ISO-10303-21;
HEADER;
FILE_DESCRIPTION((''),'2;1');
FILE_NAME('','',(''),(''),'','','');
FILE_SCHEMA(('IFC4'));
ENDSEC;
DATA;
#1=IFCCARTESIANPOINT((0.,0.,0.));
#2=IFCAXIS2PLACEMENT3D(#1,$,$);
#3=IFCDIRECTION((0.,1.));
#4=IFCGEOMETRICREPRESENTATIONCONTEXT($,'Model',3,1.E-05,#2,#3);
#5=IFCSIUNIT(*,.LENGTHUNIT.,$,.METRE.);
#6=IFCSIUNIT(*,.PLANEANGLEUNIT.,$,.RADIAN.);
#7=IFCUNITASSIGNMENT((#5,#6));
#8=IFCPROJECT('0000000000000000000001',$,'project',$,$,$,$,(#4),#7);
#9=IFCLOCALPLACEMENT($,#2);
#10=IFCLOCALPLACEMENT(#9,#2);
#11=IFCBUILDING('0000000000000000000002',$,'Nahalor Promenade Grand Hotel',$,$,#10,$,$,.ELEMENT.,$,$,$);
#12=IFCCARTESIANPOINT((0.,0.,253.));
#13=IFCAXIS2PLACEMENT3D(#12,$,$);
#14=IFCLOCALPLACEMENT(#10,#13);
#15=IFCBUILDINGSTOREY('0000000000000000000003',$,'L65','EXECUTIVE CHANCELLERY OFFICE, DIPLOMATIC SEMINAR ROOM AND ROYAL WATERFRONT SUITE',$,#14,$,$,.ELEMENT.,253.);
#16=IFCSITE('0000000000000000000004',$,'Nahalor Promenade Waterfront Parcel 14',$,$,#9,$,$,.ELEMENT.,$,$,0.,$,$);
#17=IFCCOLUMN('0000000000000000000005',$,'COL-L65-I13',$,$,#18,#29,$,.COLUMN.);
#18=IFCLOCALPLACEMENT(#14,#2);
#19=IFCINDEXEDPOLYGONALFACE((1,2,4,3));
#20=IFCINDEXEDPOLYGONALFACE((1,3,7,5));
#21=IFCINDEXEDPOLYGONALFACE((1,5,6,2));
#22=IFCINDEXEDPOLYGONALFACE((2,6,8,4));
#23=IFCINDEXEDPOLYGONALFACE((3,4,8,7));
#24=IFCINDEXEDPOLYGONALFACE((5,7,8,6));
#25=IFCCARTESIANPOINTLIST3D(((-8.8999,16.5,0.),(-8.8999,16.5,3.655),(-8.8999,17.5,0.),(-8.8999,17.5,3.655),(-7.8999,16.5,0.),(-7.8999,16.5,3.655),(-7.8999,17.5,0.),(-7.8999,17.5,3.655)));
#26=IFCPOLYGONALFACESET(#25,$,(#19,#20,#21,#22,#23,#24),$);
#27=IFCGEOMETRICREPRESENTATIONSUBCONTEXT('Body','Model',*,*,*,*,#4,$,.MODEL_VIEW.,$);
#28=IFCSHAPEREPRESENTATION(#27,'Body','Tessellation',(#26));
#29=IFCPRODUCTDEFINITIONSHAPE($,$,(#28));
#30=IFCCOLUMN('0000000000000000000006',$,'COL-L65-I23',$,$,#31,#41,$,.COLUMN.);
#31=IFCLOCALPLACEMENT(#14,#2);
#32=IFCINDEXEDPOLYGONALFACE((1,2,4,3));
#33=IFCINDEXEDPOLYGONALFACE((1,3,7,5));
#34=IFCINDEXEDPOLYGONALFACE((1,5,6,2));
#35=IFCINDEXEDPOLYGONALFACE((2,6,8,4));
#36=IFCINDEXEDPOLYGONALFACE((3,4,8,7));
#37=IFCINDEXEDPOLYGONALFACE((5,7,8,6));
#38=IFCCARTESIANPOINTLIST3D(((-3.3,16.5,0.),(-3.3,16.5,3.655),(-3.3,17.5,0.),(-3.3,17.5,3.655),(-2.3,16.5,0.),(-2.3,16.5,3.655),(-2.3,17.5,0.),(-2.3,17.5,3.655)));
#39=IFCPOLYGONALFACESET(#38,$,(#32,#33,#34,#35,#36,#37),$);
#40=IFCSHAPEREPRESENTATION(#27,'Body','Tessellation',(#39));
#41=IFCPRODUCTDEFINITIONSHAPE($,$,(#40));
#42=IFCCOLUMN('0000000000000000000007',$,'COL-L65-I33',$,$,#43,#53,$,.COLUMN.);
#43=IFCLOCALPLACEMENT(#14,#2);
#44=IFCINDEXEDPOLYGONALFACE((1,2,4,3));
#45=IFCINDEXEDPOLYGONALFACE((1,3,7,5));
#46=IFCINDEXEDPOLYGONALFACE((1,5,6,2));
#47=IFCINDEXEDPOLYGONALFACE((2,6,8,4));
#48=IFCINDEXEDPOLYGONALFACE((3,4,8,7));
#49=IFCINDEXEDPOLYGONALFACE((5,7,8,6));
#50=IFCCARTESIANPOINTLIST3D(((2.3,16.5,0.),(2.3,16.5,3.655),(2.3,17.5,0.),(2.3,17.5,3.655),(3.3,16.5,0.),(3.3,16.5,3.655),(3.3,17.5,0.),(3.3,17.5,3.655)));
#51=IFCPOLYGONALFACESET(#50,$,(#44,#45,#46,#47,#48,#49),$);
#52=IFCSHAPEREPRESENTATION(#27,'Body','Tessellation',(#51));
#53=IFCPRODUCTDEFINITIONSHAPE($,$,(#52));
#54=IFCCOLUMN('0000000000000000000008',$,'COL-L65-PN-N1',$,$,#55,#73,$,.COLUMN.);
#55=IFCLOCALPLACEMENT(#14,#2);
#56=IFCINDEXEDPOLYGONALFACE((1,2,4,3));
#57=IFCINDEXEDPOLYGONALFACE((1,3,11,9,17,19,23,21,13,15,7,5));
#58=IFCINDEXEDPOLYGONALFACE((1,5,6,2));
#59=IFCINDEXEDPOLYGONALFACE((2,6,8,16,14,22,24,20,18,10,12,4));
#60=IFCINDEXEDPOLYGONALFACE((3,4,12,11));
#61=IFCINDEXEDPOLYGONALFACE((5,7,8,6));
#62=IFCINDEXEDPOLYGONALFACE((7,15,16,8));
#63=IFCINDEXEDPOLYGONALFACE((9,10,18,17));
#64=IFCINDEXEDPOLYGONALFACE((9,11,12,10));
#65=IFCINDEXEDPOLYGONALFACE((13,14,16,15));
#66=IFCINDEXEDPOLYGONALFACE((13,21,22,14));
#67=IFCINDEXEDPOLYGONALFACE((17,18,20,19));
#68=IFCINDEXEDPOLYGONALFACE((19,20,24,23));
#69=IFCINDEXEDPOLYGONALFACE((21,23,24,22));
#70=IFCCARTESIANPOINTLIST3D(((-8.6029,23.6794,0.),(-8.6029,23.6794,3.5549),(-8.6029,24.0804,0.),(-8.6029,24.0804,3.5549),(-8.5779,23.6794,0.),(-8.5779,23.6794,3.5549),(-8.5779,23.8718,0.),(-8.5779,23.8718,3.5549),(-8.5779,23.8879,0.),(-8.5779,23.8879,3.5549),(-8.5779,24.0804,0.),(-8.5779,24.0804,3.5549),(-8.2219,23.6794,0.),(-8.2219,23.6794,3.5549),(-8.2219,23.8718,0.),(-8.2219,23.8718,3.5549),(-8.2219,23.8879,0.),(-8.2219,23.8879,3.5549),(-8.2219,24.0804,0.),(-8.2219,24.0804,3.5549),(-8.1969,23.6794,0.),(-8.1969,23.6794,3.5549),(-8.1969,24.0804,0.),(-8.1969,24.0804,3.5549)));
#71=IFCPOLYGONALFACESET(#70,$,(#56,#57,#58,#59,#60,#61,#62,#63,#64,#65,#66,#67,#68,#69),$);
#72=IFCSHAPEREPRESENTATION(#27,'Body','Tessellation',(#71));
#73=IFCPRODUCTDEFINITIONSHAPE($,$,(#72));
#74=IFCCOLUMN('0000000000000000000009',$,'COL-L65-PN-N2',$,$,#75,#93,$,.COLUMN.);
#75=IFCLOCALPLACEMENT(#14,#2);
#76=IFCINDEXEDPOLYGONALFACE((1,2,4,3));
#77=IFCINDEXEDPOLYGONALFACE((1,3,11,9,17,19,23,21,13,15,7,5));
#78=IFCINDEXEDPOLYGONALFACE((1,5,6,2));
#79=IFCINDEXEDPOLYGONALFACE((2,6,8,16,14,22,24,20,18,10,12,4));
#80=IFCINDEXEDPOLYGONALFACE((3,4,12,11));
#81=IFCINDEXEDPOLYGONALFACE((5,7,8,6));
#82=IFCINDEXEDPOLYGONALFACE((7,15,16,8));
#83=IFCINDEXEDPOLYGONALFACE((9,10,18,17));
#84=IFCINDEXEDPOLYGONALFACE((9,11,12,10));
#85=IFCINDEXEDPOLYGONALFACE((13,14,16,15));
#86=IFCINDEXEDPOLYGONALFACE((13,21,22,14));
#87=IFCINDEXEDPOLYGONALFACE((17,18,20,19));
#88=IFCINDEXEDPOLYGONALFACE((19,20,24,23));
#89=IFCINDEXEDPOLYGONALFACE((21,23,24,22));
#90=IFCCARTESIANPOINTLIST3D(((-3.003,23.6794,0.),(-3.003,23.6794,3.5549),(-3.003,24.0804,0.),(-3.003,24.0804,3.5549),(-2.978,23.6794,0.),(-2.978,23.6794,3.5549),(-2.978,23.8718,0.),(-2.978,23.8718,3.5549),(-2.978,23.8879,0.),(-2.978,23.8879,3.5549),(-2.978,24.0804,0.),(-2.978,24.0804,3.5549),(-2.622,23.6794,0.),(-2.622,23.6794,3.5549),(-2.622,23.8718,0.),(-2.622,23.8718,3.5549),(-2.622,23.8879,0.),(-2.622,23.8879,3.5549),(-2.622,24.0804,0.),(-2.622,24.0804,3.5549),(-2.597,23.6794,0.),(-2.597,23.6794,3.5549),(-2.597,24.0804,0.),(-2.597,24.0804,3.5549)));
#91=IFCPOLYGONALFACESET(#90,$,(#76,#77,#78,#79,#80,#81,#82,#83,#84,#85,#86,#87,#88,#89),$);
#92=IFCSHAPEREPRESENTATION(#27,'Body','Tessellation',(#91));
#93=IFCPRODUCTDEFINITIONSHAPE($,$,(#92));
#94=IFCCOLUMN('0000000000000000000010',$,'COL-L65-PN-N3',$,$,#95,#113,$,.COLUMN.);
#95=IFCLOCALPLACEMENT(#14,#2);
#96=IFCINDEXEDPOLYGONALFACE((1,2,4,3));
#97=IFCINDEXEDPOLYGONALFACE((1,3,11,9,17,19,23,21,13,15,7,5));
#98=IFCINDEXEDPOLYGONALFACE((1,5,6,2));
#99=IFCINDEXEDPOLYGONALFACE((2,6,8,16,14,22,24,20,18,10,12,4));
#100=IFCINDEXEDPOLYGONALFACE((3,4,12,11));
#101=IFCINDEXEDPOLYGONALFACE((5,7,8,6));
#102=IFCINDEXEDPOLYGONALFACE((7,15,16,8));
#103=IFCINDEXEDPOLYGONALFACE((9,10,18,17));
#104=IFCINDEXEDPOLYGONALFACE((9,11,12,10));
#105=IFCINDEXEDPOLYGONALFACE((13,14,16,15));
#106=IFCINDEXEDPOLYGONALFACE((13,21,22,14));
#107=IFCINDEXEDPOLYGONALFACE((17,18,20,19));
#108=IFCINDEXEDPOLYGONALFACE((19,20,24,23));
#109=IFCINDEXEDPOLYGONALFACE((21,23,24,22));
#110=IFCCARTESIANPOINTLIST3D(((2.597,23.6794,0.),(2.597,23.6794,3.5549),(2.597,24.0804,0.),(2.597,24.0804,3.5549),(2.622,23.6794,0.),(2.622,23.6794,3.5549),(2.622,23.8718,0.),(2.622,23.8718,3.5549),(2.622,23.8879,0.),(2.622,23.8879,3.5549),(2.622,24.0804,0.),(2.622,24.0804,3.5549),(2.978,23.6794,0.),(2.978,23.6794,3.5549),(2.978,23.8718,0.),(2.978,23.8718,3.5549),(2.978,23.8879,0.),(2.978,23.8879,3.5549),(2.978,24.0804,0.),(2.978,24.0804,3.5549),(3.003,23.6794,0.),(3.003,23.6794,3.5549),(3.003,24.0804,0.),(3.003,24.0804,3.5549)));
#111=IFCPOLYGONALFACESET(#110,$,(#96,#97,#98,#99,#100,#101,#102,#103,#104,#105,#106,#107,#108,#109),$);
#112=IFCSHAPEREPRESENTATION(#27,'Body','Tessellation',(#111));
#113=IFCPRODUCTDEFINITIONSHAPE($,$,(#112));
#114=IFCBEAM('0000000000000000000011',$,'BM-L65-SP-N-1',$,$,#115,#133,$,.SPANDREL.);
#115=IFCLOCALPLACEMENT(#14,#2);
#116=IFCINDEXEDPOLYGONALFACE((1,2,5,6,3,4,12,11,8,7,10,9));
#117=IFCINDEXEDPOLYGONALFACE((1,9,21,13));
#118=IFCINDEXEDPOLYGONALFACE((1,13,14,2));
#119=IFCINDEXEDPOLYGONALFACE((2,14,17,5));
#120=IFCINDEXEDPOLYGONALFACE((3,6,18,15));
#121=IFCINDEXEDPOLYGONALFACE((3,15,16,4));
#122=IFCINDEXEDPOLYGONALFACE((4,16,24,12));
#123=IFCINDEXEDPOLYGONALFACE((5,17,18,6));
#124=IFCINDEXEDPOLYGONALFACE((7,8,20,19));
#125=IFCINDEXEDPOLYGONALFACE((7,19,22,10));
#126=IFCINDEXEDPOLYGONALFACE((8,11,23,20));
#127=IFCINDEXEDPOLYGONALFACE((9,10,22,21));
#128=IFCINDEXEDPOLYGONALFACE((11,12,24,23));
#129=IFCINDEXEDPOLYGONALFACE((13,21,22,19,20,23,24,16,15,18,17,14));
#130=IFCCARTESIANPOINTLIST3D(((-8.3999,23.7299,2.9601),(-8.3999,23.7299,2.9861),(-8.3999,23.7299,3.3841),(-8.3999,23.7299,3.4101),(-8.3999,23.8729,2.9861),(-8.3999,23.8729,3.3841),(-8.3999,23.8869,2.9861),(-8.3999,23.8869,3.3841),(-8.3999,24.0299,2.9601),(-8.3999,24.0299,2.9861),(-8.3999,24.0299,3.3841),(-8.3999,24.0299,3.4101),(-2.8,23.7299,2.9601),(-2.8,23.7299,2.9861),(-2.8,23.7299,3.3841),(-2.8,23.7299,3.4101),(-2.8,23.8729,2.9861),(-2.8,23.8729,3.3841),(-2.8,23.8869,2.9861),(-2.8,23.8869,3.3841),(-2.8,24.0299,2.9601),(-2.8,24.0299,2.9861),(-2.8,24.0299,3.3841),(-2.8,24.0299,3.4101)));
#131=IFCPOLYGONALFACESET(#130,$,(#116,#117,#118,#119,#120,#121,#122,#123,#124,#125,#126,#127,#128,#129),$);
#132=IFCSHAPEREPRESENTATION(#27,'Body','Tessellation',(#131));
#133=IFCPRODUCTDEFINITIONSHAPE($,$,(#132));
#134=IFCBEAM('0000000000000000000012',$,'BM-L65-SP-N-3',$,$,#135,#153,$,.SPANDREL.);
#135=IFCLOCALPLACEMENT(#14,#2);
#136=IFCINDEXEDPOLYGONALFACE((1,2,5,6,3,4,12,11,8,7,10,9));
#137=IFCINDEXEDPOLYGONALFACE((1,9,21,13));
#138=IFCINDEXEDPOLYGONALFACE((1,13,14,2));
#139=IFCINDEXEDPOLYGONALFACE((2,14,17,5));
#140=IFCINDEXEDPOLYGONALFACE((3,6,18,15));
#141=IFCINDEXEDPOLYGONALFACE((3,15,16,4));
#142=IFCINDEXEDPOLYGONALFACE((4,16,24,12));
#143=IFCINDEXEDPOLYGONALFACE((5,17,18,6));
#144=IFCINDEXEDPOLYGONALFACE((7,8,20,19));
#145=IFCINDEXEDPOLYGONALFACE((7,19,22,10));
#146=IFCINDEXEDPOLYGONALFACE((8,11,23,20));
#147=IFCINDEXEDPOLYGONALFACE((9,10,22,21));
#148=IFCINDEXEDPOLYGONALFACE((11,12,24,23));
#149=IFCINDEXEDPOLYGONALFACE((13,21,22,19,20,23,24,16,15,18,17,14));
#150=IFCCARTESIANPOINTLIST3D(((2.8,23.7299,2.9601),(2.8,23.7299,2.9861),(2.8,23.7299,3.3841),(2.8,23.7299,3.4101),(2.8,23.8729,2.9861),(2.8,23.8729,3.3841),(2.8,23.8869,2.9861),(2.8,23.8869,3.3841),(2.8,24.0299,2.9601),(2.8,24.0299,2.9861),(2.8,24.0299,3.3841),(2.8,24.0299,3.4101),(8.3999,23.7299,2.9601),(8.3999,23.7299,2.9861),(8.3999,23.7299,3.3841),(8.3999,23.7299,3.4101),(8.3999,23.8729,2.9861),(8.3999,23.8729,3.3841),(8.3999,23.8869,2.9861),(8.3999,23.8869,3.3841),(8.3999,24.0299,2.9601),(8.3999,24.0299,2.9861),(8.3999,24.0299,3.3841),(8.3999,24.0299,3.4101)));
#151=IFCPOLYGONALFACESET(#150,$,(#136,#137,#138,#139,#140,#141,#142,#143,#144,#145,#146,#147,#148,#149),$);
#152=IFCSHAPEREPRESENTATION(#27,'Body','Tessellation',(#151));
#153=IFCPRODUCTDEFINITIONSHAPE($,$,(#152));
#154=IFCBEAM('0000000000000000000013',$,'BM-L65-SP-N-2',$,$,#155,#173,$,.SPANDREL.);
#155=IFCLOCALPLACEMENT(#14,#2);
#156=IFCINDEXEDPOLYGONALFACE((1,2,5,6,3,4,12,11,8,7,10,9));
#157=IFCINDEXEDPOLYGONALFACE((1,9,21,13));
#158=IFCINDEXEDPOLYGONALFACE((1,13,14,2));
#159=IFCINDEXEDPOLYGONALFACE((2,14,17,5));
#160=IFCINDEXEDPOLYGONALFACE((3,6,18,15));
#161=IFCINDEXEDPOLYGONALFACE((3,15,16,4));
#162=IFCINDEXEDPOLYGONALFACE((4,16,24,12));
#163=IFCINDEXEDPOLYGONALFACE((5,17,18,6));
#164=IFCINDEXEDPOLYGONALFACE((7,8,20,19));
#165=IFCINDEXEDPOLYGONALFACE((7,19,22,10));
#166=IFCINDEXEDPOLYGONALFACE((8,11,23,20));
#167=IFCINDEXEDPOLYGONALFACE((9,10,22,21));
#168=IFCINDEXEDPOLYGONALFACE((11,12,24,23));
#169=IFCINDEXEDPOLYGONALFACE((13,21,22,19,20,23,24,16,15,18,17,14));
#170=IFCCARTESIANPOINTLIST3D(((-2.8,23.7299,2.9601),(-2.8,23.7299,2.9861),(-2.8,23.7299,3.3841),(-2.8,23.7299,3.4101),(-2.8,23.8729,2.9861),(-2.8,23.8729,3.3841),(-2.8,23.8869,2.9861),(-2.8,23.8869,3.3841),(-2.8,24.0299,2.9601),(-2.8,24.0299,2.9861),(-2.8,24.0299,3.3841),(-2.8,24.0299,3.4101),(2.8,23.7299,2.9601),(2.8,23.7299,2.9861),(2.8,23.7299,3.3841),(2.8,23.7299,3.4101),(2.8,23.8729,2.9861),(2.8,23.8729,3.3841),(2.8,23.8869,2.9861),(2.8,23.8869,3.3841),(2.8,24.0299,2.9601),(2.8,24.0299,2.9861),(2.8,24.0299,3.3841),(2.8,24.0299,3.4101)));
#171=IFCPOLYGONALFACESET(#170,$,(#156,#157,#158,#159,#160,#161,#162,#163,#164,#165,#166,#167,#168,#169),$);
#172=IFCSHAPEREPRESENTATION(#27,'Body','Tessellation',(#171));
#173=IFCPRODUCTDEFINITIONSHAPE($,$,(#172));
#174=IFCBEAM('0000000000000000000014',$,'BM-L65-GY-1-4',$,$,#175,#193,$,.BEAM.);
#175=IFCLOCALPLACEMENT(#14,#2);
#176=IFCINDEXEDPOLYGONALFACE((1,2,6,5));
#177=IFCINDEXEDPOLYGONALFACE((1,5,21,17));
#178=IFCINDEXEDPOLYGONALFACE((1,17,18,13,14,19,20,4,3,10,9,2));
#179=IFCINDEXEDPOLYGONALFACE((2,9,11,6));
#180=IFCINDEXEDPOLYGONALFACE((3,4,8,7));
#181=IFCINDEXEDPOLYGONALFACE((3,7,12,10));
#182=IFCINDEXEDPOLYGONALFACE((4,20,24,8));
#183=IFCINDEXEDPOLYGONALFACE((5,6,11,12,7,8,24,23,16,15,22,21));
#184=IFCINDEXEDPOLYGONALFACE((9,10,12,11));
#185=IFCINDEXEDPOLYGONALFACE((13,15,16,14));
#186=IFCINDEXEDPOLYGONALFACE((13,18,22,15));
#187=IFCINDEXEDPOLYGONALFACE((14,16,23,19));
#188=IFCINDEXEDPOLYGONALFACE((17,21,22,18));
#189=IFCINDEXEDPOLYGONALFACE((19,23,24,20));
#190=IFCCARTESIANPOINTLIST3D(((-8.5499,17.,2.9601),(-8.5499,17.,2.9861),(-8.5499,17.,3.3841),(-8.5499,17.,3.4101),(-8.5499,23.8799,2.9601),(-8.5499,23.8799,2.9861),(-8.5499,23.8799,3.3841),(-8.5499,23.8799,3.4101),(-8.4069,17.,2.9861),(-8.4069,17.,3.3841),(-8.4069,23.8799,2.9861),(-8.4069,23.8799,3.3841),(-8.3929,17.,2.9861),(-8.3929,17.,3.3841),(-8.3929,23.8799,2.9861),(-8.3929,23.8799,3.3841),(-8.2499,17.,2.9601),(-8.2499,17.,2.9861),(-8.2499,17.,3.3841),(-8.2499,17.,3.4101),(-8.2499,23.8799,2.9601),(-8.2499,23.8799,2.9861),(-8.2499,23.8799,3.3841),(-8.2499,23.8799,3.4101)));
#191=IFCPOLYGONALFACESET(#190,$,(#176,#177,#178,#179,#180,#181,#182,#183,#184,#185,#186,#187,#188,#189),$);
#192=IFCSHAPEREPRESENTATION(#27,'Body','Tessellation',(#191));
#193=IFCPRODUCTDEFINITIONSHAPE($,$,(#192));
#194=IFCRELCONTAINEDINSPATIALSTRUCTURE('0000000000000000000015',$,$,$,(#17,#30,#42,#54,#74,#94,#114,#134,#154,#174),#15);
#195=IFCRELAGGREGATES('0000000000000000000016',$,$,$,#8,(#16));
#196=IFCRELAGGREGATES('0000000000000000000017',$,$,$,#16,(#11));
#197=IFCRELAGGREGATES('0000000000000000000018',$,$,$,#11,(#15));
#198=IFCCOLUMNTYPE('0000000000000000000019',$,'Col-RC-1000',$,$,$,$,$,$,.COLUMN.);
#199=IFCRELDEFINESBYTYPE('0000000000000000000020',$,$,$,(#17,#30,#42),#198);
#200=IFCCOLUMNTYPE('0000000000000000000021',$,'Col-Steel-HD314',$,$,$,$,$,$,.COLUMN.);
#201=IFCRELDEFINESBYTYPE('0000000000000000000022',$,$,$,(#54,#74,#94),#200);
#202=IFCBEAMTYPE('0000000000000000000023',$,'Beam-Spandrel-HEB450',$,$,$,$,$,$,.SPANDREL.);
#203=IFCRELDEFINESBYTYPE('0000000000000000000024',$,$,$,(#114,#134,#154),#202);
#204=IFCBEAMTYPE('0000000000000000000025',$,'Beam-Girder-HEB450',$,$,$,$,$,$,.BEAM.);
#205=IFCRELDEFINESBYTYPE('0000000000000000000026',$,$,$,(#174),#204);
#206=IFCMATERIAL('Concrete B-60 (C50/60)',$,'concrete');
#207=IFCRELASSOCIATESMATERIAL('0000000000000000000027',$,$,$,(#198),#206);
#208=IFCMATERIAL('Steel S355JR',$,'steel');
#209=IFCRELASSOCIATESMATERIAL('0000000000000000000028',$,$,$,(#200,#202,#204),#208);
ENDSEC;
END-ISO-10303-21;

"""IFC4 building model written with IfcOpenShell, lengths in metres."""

from ifc_helpers import new_model, si_unit, direction, frame, origin, origin_2d, place, context, subcontext, project, spatial, rectangle, i_section, extrude, source, transform, mapped, material, material_profile, profile_set, type_object, element, save


model = new_model("IFC4")

# Units and contexts
model_context = context("Model", 3, precision=1e-05, world=origin(), true_north=direction((0.0, 1.0)))
body_context = subcontext(model_context, "Body", "Model", "MODEL_VIEW")
ifc_project = project(units=[si_unit("LENGTHUNIT", "METRE"), si_unit("PLANEANGLEUNIT", "RADIAN")], contexts=[model_context])

# Site, building, storey
site_placement = place(None, origin())
site = spatial("IfcSite", under=ifc_project, at=site_placement, Name="Nahalor Promenade Waterfront Parcel 14", CompositionType="ELEMENT", RefElevation=0.0)
building_placement = place(site_placement, origin())
building = spatial("IfcBuilding", under=site, at=building_placement, Name="Nahalor Promenade Grand Hotel", CompositionType="ELEMENT")
storey_placement = place(building_placement, frame((0.0, 0.0, 253.0)))
storey = spatial("IfcBuildingStorey", under=building, at=storey_placement, Name="L65", Description="EXECUTIVE CHANCELLERY OFFICE, DIPLOMATIC SEMINAR ROOM AND ROYAL WATERFRONT SUITE", CompositionType="ELEMENT", Elevation=253.0)

# Columns
ifc_material_1 = material(Name="Concrete B-60 (C50/60)", Category="concrete")
ifc_material_profile_1 = material_profile(ifc_material_1, rectangle(XDim=1.0, YDim=1.0, at=origin_2d()), Name="RC 1000x1000")
ifc_profile_set_1 = profile_set([ifc_material_profile_1], Name="Concrete B-60 (C50/60)")
column_type_1 = type_object("IfcColumnType", Name="Col-RC-1000", PredefinedType="COLUMN", material=ifc_profile_set_1)
shared_shape_1 = source(origin(), body_context, "Body", "SweptSolid", [
    extrude(rectangle(XDim=1.0, YDim=1.0, at=origin_2d()), origin(), (0.0, 0.0, 1.0), 3.655),
])
for number, where, z_axis, x_axis, name in (
    (1, (-8.3999, 17.0, 0.0), (0.0, 0.0, 1.0), (1.0, 0.0, 0.0), "COL-L65-I13"),
    (2, (-2.8, 17.0, 0.0), (0.0, 0.0, 1.0), (1.0, 0.0, 0.0), "COL-L65-I23"),
    (3, (2.8, 17.0, 0.0), (0.0, 0.0, 1.0), (1.0, 0.0, 0.0), "COL-L65-I33"),
):
    element("IfcColumn", number, at=place(storey_placement, frame(where, z_axis=z_axis, x_axis=x_axis)), inside=storey, type_object=column_type_1, Name=name, PredefinedType="COLUMN", context=body_context, shape_type="MappedRepresentation", body=[
        mapped(shared_shape_1, transform((0.0, 0.0, 0.0), scale=1.0)),
    ])
ifc_material_2 = material(Name="Steel S355JR", Category="steel")
ifc_material_profile_2 = material_profile(ifc_material_2, i_section(OverallWidth=0.401, OverallDepth=0.406, WebThickness=0.0161, FlangeThickness=0.025, at=origin_2d()), Name="HD 400x314")
ifc_profile_set_2 = profile_set([ifc_material_profile_2], Name="Steel S355JR")
column_type_2 = type_object("IfcColumnType", Name="Col-Steel-HD314", PredefinedType="COLUMN", material=ifc_profile_set_2)
shared_shape_2 = source(origin(), body_context, "Body", "SweptSolid", [
    extrude(i_section(OverallWidth=0.401, OverallDepth=0.406, WebThickness=0.0161, FlangeThickness=0.025, at=origin_2d()), origin(), (0.0, 0.0, 1.0), 3.5549),
])
for number, where, z_axis, x_axis, name in (
    (4, (-8.3999, 23.8799, 0.0), (0.0, 0.0, 1.0), (0.0, 1.0, 0.0), "COL-L65-PN-N1"),
    (5, (-2.8, 23.8799, 0.0), (0.0, 0.0, 1.0), (0.0, 1.0, 0.0), "COL-L65-PN-N2"),
    (6, (2.8, 23.8799, 0.0), (0.0, 0.0, 1.0), (0.0, 1.0, 0.0), "COL-L65-PN-N3"),
):
    element("IfcColumn", number, at=place(storey_placement, frame(where, z_axis=z_axis, x_axis=x_axis)), inside=storey, type_object=column_type_2, Name=name, PredefinedType="COLUMN", context=body_context, shape_type="MappedRepresentation", body=[
        mapped(shared_shape_2, transform((0.0, 0.0, 0.0), scale=1.0)),
    ])

# Beams
ifc_material_profile_3 = material_profile(ifc_material_2, i_section(OverallWidth=0.3, OverallDepth=0.45, WebThickness=0.014, FlangeThickness=0.026, at=origin_2d()), Name="HEB 450")
ifc_profile_set_3 = profile_set([ifc_material_profile_3], Name="Steel S355JR")
beam_type_1 = type_object("IfcBeamType", Name="Beam-Spandrel-HEB450", PredefinedType="SPANDREL", material=ifc_profile_set_3)
shared_shape_3 = source(origin(), body_context, "Body", "SweptSolid", [
    extrude(i_section(OverallWidth=0.3, OverallDepth=0.45, WebThickness=0.014, FlangeThickness=0.026, at=origin_2d()), origin(), (0.0, 0.0, 1.0), 5.5999),
])
for number, where, z_axis, x_axis, name in (
    (7, (-8.3999, 23.8799, 3.1851), (1.0, 0.0, 0.0), (0.0, 1.0, 0.0), "BM-L65-SP-N-1"),
    (8, (2.8, 23.8799, 3.1851), (1.0, 0.0, 0.0), (0.0, 1.0, 0.0), "BM-L65-SP-N-3"),
):
    element("IfcBeam", number, at=place(storey_placement, frame(where, z_axis=z_axis, x_axis=x_axis)), inside=storey, type_object=beam_type_1, Name=name, PredefinedType="SPANDREL", context=body_context, shape_type="MappedRepresentation", body=[
        mapped(shared_shape_3, transform((0.0, 0.0, 0.0), scale=1.0)),
    ])
shared_shape_4 = source(origin(), body_context, "Body", "SweptSolid", [
    extrude(i_section(OverallWidth=0.3, OverallDepth=0.45, WebThickness=0.014, FlangeThickness=0.026, at=origin_2d()), origin(), (0.0, 0.0, 1.0), 5.6001),
])
beam_1_placement = place(storey_placement, frame((-2.8, 23.8799, 3.1851), z_axis=(1.0, 0.0, 0.0), x_axis=(0.0, 1.0, 0.0)))
element("IfcBeam", 9, at=beam_1_placement, inside=storey, type_object=beam_type_1, Name="BM-L65-SP-N-2", PredefinedType="SPANDREL", context=body_context, shape_type="MappedRepresentation", body=[
    mapped(shared_shape_4, transform((0.0, 0.0, 0.0), scale=1.0)),
])
ifc_material_profile_4 = material_profile(ifc_material_2, i_section(OverallWidth=0.3, OverallDepth=0.45, WebThickness=0.014, FlangeThickness=0.026, at=origin_2d()), Name="HEB 450")
ifc_profile_set_4 = profile_set([ifc_material_profile_4], Name="Steel S355JR")
beam_type_2 = type_object("IfcBeamType", Name="Beam-Girder-HEB450", PredefinedType="BEAM", material=ifc_profile_set_4)
shared_shape_5 = source(origin(), body_context, "Body", "SweptSolid", [
    extrude(i_section(OverallWidth=0.3, OverallDepth=0.45, WebThickness=0.014, FlangeThickness=0.026, at=origin_2d()), origin(), (0.0, 0.0, 1.0), 6.8799),
])
for number, where, z_axis, x_axis, name in (
    (10, (-8.3999, 17.0, 3.1851), (0.0, 1.0, 0.0), (-1.0, 0.0, 0.0), "BM-L65-GY-1-4"),
):
    element("IfcBeam", number, at=place(storey_placement, frame(where, z_axis=z_axis, x_axis=x_axis)), inside=storey, type_object=beam_type_2, Name=name, PredefinedType="BEAM", context=body_context, shape_type="MappedRepresentation", body=[
        mapped(shared_shape_5, transform((0.0, 0.0, 0.0), scale=1.0)),
    ])

save(model, "model.ifc")
